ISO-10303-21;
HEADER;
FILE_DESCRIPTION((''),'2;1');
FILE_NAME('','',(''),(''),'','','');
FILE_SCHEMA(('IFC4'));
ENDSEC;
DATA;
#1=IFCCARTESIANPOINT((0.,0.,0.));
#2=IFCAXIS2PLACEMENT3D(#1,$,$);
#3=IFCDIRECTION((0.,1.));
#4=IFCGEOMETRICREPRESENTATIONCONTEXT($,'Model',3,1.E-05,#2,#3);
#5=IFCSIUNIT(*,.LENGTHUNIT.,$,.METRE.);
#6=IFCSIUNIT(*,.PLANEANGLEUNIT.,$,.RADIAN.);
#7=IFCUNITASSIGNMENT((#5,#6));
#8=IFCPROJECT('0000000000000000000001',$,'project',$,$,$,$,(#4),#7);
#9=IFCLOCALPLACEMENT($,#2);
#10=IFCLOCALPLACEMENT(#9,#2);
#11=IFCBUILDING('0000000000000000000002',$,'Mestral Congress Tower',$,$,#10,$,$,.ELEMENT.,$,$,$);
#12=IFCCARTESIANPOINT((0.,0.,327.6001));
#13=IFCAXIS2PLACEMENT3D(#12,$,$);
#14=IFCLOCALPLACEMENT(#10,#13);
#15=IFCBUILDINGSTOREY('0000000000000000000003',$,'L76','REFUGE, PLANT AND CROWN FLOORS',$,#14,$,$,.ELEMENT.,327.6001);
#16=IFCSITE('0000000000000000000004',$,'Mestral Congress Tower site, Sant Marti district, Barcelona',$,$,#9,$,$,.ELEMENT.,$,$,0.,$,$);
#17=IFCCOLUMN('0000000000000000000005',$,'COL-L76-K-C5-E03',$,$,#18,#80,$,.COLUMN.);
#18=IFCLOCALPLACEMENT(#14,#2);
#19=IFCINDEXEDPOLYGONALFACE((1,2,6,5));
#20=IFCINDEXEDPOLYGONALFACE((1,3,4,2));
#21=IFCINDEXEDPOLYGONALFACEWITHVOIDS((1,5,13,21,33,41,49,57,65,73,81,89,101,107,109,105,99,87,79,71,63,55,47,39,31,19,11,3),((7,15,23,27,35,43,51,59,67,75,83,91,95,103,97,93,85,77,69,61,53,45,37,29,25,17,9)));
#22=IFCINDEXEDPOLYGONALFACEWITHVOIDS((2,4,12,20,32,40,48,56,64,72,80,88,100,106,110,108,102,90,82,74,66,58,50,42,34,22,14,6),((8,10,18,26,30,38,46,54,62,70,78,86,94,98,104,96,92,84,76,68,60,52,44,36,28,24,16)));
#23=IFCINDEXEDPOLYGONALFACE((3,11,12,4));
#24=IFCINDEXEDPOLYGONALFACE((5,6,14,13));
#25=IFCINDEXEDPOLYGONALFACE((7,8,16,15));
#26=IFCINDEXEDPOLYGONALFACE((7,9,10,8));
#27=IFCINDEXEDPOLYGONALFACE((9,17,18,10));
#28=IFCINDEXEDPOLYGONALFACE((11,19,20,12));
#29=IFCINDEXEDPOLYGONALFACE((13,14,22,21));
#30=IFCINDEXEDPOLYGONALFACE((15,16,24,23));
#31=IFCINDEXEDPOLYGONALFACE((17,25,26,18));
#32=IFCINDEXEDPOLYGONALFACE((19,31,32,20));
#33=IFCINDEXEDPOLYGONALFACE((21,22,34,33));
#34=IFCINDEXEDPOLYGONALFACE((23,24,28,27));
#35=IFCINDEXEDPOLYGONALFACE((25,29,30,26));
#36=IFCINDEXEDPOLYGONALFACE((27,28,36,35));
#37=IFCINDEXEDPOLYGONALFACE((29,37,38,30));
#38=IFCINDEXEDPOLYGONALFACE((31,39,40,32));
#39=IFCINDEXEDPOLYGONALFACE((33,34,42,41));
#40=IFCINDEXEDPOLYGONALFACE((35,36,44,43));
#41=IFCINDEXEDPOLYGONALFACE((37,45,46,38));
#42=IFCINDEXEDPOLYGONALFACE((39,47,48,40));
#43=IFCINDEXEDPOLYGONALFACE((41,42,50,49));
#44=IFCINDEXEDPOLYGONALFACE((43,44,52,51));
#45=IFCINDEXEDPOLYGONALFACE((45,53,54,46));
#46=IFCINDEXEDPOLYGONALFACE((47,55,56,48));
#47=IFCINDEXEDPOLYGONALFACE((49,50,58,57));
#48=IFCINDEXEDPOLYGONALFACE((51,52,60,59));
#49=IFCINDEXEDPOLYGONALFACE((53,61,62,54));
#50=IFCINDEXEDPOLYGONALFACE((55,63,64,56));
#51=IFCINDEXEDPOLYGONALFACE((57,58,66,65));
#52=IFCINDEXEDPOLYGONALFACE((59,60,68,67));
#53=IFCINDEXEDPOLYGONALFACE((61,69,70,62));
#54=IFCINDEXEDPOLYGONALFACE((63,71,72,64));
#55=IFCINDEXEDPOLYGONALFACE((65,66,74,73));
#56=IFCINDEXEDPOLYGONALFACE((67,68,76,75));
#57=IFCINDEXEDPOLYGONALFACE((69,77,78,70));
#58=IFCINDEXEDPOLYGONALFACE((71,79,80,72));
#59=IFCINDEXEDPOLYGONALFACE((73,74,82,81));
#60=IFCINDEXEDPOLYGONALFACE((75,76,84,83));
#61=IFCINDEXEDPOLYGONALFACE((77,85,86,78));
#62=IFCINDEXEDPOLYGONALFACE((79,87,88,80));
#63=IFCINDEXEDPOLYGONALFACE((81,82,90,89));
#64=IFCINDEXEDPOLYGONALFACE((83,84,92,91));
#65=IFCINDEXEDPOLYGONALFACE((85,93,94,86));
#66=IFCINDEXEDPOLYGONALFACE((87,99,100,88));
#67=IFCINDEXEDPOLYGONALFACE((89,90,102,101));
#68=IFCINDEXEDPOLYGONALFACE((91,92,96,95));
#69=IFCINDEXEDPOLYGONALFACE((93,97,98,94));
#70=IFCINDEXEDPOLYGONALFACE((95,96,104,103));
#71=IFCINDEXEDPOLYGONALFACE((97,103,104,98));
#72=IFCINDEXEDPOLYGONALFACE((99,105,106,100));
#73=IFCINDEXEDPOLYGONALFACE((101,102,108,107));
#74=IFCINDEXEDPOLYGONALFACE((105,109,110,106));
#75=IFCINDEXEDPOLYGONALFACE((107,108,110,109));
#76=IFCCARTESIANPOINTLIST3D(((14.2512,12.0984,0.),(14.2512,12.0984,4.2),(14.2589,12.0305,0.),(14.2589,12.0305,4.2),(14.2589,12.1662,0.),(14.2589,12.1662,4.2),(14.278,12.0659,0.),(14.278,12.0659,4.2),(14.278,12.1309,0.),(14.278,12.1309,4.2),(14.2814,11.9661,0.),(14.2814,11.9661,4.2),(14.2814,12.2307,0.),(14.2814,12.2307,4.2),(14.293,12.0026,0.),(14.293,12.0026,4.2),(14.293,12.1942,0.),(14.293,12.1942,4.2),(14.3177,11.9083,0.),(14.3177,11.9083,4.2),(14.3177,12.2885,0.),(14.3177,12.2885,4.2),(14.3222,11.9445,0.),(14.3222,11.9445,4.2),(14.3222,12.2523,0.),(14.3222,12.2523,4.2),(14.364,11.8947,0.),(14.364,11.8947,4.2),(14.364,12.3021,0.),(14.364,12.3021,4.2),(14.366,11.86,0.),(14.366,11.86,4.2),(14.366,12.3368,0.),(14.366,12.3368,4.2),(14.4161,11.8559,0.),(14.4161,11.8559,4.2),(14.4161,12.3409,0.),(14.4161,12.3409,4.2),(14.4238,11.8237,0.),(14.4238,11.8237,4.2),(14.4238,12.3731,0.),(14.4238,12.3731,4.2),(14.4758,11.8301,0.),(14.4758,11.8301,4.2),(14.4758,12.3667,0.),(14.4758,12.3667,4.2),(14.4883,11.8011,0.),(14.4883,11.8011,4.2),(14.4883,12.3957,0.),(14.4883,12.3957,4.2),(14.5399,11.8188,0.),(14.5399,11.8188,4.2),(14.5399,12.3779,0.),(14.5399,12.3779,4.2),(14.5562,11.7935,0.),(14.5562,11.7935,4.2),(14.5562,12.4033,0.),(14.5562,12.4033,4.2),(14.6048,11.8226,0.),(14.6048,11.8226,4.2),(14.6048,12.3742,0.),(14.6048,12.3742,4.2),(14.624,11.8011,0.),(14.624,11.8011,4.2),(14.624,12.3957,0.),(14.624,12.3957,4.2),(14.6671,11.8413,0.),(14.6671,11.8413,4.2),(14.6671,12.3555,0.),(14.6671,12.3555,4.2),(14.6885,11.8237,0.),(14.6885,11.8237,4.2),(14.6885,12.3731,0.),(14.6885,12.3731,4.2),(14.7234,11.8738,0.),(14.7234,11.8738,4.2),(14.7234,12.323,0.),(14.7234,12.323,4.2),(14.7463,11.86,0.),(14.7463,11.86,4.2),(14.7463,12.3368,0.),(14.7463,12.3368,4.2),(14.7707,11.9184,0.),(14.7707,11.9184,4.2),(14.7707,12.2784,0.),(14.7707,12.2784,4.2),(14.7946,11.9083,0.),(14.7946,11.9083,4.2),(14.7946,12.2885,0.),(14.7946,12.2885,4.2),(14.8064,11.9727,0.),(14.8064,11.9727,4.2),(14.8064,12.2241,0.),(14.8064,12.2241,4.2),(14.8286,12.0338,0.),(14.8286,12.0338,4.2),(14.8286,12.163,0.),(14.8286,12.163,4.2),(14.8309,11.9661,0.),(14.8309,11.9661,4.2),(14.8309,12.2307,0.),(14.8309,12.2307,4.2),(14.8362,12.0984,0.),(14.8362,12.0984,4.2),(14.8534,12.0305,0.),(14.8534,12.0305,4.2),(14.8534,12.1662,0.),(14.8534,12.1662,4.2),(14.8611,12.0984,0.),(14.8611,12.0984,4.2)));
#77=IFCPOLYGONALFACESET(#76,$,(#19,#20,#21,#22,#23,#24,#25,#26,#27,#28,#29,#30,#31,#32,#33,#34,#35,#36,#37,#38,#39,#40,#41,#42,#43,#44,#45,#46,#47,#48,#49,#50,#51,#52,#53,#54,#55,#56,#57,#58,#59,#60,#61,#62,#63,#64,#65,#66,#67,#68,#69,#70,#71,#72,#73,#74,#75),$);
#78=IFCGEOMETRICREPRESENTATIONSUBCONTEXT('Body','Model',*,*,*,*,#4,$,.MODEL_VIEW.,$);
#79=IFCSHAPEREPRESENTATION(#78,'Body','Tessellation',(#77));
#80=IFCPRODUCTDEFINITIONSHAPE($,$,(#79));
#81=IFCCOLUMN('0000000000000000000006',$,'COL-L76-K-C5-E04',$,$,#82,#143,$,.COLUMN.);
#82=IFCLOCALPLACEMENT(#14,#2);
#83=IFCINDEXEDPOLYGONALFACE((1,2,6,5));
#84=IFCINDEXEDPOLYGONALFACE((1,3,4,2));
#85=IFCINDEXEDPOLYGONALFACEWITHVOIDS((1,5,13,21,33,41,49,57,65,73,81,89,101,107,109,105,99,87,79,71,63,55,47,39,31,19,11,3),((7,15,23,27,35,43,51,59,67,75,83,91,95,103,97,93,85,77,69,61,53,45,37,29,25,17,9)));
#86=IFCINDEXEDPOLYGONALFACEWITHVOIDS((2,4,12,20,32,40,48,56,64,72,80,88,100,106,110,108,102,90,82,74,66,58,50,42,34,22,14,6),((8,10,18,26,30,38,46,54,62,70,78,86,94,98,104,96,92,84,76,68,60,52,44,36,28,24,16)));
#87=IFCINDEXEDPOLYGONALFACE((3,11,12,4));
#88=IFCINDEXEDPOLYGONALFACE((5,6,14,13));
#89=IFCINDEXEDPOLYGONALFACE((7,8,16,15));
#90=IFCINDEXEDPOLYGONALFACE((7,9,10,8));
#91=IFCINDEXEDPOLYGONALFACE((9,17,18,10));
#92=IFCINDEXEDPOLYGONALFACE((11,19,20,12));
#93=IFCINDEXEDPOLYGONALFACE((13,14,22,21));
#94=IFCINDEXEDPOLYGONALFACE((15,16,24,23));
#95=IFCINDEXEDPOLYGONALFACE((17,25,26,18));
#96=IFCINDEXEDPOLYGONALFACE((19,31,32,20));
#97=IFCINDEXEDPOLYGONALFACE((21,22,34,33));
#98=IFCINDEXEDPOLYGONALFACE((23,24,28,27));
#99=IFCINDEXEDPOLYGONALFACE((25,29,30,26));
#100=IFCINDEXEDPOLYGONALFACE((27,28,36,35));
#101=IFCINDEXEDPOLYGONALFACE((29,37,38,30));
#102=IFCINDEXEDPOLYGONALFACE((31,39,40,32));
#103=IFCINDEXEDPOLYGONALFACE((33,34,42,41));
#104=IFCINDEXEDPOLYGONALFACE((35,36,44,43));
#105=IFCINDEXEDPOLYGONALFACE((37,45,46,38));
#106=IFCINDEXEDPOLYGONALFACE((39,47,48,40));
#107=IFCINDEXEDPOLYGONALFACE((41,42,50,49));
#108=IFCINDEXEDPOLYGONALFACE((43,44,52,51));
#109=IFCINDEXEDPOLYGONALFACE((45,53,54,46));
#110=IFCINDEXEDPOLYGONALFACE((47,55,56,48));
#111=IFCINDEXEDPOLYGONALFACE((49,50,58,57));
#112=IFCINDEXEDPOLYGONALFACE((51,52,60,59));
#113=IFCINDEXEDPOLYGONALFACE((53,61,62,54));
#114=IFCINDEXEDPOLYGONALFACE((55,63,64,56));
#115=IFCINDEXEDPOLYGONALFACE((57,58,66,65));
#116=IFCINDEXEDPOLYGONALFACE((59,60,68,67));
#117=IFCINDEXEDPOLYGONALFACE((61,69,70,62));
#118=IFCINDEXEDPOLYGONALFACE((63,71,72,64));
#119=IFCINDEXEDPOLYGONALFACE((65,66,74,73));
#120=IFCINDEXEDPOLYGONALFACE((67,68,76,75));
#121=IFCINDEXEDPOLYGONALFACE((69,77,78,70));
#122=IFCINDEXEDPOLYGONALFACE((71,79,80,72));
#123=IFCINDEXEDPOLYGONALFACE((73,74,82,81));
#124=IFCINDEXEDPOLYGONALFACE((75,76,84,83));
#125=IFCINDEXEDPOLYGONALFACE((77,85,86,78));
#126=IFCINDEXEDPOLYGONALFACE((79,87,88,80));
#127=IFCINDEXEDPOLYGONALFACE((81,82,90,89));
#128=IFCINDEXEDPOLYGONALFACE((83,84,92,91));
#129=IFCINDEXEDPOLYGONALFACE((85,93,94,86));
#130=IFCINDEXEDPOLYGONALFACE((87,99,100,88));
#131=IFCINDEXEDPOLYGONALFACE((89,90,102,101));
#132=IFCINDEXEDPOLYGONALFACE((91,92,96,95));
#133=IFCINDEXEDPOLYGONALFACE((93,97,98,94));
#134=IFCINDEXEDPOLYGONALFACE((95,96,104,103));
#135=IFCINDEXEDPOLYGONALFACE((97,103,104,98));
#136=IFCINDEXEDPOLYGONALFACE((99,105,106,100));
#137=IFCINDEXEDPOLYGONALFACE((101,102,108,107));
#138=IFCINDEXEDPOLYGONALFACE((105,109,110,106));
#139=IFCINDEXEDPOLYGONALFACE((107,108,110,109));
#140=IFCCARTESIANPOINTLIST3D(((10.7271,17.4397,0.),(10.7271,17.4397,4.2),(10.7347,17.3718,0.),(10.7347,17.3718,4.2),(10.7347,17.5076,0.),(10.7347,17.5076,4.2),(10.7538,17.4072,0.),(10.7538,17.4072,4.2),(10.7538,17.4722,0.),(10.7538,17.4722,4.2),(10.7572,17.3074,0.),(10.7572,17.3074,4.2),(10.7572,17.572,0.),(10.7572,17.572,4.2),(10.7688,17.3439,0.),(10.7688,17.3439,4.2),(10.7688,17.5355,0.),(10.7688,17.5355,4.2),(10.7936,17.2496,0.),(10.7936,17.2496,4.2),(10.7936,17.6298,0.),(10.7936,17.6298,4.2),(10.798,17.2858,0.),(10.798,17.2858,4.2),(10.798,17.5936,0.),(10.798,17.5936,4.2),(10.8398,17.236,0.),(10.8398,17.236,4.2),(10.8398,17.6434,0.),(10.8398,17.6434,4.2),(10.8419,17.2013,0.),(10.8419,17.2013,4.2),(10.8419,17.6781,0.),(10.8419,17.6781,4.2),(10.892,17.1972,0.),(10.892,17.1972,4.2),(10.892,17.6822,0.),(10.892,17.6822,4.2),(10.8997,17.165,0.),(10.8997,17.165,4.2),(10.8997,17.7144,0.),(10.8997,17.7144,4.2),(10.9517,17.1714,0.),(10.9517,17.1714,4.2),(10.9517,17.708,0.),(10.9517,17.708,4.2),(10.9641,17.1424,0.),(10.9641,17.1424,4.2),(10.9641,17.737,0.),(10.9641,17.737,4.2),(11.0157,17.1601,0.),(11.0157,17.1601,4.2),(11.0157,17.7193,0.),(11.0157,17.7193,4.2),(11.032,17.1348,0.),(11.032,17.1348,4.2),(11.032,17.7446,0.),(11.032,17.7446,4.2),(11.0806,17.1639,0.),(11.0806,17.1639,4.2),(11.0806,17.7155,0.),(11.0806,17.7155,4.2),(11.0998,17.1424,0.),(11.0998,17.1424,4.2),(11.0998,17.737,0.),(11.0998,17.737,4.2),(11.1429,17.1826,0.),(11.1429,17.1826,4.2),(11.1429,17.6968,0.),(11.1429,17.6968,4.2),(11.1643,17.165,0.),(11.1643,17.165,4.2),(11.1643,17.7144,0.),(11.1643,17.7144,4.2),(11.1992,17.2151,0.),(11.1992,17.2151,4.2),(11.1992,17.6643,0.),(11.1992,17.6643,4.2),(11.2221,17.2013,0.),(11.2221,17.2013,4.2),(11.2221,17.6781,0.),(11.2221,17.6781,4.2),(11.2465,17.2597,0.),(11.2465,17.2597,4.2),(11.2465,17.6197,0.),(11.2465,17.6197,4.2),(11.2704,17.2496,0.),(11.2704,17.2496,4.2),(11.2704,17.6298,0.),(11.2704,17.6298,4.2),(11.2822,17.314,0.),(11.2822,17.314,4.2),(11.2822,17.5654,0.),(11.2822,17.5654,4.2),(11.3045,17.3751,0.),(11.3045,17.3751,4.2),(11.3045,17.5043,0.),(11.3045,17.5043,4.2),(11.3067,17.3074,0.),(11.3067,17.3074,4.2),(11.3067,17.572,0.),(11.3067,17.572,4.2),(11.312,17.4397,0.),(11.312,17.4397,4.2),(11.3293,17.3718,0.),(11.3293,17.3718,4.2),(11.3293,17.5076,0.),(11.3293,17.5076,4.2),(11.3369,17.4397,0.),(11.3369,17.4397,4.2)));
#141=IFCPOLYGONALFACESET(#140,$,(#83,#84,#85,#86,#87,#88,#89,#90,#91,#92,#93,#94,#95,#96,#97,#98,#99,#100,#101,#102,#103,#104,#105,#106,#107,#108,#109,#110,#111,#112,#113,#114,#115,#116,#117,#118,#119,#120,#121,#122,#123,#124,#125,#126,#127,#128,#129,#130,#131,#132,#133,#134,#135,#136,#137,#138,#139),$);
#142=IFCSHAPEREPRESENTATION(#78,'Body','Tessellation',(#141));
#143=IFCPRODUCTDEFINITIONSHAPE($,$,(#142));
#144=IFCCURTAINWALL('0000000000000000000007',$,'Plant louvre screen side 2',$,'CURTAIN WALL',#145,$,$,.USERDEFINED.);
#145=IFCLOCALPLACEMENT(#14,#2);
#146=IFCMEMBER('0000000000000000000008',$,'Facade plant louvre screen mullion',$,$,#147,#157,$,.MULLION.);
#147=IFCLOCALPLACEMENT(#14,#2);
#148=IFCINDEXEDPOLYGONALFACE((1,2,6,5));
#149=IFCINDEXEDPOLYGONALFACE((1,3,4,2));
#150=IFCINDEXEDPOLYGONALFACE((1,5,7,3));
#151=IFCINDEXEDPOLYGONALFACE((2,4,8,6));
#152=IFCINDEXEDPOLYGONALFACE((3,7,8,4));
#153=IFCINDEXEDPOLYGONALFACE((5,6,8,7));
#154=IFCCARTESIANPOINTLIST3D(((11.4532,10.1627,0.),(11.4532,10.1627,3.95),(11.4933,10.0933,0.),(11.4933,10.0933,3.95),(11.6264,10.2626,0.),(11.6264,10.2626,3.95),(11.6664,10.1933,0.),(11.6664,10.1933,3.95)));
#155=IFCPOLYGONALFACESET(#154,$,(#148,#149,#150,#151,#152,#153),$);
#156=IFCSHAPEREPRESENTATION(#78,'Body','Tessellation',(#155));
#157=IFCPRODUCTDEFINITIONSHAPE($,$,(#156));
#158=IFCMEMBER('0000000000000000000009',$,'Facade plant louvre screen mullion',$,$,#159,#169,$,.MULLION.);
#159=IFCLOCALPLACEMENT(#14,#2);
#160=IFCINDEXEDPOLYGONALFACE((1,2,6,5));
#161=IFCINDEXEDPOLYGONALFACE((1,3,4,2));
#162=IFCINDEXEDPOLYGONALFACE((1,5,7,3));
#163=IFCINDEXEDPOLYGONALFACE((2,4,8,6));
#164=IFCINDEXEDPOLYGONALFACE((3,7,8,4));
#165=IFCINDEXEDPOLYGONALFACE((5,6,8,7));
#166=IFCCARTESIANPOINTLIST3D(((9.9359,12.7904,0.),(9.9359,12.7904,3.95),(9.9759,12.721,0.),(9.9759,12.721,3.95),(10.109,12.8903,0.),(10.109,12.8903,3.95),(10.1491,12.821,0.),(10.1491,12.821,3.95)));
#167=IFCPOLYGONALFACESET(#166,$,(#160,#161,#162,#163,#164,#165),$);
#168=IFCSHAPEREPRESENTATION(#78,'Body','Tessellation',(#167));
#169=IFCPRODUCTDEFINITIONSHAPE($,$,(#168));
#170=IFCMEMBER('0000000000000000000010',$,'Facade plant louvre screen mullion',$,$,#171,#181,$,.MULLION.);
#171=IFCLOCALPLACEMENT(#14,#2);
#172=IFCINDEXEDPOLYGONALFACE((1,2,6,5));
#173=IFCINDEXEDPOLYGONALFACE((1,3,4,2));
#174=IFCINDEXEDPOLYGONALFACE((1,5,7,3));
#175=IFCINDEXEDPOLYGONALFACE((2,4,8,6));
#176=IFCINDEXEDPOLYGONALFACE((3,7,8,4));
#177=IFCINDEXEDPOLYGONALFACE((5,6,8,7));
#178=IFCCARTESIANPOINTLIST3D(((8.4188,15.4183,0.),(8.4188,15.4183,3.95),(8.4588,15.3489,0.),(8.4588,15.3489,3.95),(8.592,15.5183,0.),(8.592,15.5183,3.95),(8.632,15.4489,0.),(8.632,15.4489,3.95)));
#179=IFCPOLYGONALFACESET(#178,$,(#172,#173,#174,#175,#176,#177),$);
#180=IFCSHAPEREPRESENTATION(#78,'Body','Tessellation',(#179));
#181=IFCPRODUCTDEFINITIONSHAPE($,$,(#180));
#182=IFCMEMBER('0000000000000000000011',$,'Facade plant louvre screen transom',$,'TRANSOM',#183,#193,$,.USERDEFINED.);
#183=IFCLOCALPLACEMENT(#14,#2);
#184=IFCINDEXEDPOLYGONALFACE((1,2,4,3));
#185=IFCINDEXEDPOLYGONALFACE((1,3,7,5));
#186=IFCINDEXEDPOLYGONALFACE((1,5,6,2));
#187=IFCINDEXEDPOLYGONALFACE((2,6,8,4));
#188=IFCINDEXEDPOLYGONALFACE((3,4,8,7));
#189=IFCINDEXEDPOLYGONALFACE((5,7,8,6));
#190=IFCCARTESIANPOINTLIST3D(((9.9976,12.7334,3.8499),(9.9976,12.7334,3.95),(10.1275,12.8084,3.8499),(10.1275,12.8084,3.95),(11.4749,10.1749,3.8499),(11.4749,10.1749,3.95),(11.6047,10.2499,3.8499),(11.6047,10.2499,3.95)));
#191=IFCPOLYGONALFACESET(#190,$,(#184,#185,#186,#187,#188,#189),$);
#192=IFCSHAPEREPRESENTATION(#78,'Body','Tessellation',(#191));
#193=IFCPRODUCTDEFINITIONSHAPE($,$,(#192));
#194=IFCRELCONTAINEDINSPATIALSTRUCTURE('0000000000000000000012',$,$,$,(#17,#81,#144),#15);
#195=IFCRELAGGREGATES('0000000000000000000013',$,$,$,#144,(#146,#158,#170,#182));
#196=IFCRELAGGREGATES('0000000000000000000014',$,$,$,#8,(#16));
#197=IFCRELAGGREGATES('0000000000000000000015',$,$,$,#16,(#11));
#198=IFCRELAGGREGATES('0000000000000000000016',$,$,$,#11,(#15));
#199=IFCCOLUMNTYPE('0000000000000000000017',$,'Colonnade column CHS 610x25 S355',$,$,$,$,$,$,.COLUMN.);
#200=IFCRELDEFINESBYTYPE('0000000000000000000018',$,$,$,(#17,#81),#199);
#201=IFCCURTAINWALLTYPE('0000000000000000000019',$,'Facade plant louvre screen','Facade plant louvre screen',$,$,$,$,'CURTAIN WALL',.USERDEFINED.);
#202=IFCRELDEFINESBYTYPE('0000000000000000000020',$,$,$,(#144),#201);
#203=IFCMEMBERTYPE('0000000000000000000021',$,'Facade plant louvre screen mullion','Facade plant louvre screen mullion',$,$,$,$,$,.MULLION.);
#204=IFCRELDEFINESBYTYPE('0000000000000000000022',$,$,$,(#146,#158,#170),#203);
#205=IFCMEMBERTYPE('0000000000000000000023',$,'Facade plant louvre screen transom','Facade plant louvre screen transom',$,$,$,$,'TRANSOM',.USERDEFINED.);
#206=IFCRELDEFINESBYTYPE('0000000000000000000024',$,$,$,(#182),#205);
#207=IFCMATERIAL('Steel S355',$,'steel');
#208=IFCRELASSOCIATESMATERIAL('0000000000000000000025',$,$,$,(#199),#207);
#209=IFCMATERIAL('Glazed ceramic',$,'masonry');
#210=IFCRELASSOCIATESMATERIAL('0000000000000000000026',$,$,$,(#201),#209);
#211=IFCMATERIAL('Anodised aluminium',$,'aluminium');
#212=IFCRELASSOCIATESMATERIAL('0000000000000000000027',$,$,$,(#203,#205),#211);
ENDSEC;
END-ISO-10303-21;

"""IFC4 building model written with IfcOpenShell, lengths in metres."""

from ifc_helpers import new_model, si_unit, direction, frame, origin, origin_2d, place, context, subcontext, project, spatial, rectangle, hollow_circle, extrude, material, material_profile, profile_set, type_object, element, aggregate, save


model = new_model("IFC4")

# Units and contexts
model_context = context("Model", 3, precision=1e-05, world=origin(), true_north=direction((0.0, 1.0)))
body_context = subcontext(model_context, "Body", "Model", "MODEL_VIEW")
ifc_project = project(units=[si_unit("LENGTHUNIT", "METRE"), si_unit("PLANEANGLEUNIT", "RADIAN")], contexts=[model_context])

# Site, building, storey
site_placement = place(None, origin())
site = spatial("IfcSite", under=ifc_project, at=site_placement, Name="Mestral Congress Tower site, Sant Marti district, Barcelona", CompositionType="ELEMENT", RefElevation=0.0)
building_placement = place(site_placement, origin())
building = spatial("IfcBuilding", under=site, at=building_placement, Name="Mestral Congress Tower", CompositionType="ELEMENT")
storey_placement = place(building_placement, frame((0.0, 0.0, 327.6001)))
storey = spatial("IfcBuildingStorey", under=building, at=storey_placement, Name="L76", Description="REFUGE, PLANT AND CROWN FLOORS", CompositionType="ELEMENT", Elevation=327.6001)

# Columns
ifc_material_1 = material(Name="Steel S355", Category="steel")
ifc_material_profile_1 = material_profile(ifc_material_1, hollow_circle(Radius=0.3049, WallThickness=0.0249, at=origin_2d()), Name="CHS 610x25")
ifc_profile_set_1 = profile_set([ifc_material_profile_1], Name="Steel S355")
column_type = type_object("IfcColumnType", Name="Colonnade column CHS 610x25 S355", PredefinedType="COLUMN", material=ifc_profile_set_1)
for number, where, z_axis, x_axis, name in (
    (1, (14.5562, 12.0984, 0.0), (0.0, 0.0, 1.0), (1.0, 0.0, 0.0), "COL-L76-K-C5-E03"),
    (2, (11.032, 17.4397, 0.0), (0.0, 0.0, 1.0), (1.0, 0.0, 0.0), "COL-L76-K-C5-E04"),
):
    element("IfcColumn", number, at=place(storey_placement, frame(where, z_axis=z_axis, x_axis=x_axis)), inside=storey, type_object=column_type, Name=name, PredefinedType="COLUMN", context=body_context, shape_type="SweptSolid", body=[
        extrude(hollow_circle(Radius=0.3049, WallThickness=0.0249, at=origin_2d()), origin(), (0.0, 0.0, 1.0), 4.2),
    ])

# Curtain wall, members
ifc_material_2 = material(Name="Glazed ceramic", Category="masonry")
curtain_wall_type = type_object("IfcCurtainWallType", Name="Facade plant louvre screen", Description="Facade plant louvre screen", ElementType="CURTAIN WALL", PredefinedType="USERDEFINED", material=ifc_material_2)
placement = place(storey_placement, origin())
curtain_wall = element("IfcCurtainWall", 3, at=placement, inside=storey, type_object=curtain_wall_type, Name="Plant louvre screen side 2", ObjectType="CURTAIN WALL", PredefinedType="USERDEFINED")
ifc_material_3 = material(Name="Anodised aluminium", Category="aluminium")
ifc_material_profile_2 = material_profile(ifc_material_3, rectangle(XDim=0.2, YDim=0.0801, at=origin_2d()), Name="CW6 mullion 200 x 80")
ifc_profile_set_2 = profile_set([ifc_material_profile_2], Name="Anodised aluminium")
member_type_1 = type_object("IfcMemberType", Name="Facade plant louvre screen mullion", Description="Facade plant louvre screen mullion", PredefinedType="MULLION", material=ifc_profile_set_2)
member_1_placement = place(storey_placement, frame((11.5598, 10.178, 0.0), z_axis=(0.0, 0.0, 1.0), x_axis=(0.866025, 0.500002, 0.0)))
member_1 = element("IfcMember", 4, at=member_1_placement, type_object=member_type_1, Name="Facade plant louvre screen mullion", PredefinedType="MULLION", context=body_context, shape_type="SweptSolid", body=[
    extrude(rectangle(XDim=0.2, YDim=0.0801, at=origin_2d()), origin(), (0.0, 0.0, 1.0), 3.95),
])
member_2_placement = place(storey_placement, frame((10.0425, 12.8057, 0.0), z_axis=(0.0, 0.0, 1.0), x_axis=(0.866025, 0.500002, 0.0)))
member_2 = element("IfcMember", 5, at=member_2_placement, type_object=member_type_1, Name="Facade plant louvre screen mullion", PredefinedType="MULLION", context=body_context, shape_type="SweptSolid", body=[
    extrude(rectangle(XDim=0.2, YDim=0.0801, at=origin_2d()), origin(), (0.0, 0.0, 1.0), 3.95),
])
member_3_placement = place(storey_placement, frame((8.5254, 15.4336, 0.0), z_axis=(0.0, 0.0, 1.0), x_axis=(0.866025, 0.500002, 0.0)))
member_3 = element("IfcMember", 6, at=member_3_placement, type_object=member_type_1, Name="Facade plant louvre screen mullion", PredefinedType="MULLION", context=body_context, shape_type="SweptSolid", body=[
    extrude(rectangle(XDim=0.2, YDim=0.0801, at=origin_2d()), origin(), (0.0, 0.0, 1.0), 3.95),
])
ifc_material_profile_3 = material_profile(ifc_material_3, rectangle(XDim=0.1499, YDim=0.1001, at=origin_2d()), Name="CW6 transom 150 x 100")
ifc_profile_set_3 = profile_set([ifc_material_profile_3], Name="Anodised aluminium")
member_type_2 = type_object("IfcMemberType", Name="Facade plant louvre screen transom", Description="Facade plant louvre screen transom", ElementType="TRANSOM", PredefinedType="USERDEFINED", material=ifc_profile_set_3)
member_4_placement = place(storey_placement, frame((11.5398, 10.2124, 3.8999), z_axis=(-0.500023, 0.866012, 0.0), x_axis=(-0.866012, -0.500023, 0.0)))
member_4 = element("IfcMember", 7, at=member_4_placement, type_object=member_type_2, Name="Facade plant louvre screen transom", ObjectType="TRANSOM", PredefinedType="USERDEFINED", context=body_context, shape_type="SweptSolid", body=[
    extrude(rectangle(XDim=0.1499, YDim=0.1001, at=origin_2d()), origin(), (0.0, 0.0, 1.0), 2.9543),
])

aggregate(curtain_wall, [member_1, member_2, member_3, member_4])

save(model, "model.ifc")
